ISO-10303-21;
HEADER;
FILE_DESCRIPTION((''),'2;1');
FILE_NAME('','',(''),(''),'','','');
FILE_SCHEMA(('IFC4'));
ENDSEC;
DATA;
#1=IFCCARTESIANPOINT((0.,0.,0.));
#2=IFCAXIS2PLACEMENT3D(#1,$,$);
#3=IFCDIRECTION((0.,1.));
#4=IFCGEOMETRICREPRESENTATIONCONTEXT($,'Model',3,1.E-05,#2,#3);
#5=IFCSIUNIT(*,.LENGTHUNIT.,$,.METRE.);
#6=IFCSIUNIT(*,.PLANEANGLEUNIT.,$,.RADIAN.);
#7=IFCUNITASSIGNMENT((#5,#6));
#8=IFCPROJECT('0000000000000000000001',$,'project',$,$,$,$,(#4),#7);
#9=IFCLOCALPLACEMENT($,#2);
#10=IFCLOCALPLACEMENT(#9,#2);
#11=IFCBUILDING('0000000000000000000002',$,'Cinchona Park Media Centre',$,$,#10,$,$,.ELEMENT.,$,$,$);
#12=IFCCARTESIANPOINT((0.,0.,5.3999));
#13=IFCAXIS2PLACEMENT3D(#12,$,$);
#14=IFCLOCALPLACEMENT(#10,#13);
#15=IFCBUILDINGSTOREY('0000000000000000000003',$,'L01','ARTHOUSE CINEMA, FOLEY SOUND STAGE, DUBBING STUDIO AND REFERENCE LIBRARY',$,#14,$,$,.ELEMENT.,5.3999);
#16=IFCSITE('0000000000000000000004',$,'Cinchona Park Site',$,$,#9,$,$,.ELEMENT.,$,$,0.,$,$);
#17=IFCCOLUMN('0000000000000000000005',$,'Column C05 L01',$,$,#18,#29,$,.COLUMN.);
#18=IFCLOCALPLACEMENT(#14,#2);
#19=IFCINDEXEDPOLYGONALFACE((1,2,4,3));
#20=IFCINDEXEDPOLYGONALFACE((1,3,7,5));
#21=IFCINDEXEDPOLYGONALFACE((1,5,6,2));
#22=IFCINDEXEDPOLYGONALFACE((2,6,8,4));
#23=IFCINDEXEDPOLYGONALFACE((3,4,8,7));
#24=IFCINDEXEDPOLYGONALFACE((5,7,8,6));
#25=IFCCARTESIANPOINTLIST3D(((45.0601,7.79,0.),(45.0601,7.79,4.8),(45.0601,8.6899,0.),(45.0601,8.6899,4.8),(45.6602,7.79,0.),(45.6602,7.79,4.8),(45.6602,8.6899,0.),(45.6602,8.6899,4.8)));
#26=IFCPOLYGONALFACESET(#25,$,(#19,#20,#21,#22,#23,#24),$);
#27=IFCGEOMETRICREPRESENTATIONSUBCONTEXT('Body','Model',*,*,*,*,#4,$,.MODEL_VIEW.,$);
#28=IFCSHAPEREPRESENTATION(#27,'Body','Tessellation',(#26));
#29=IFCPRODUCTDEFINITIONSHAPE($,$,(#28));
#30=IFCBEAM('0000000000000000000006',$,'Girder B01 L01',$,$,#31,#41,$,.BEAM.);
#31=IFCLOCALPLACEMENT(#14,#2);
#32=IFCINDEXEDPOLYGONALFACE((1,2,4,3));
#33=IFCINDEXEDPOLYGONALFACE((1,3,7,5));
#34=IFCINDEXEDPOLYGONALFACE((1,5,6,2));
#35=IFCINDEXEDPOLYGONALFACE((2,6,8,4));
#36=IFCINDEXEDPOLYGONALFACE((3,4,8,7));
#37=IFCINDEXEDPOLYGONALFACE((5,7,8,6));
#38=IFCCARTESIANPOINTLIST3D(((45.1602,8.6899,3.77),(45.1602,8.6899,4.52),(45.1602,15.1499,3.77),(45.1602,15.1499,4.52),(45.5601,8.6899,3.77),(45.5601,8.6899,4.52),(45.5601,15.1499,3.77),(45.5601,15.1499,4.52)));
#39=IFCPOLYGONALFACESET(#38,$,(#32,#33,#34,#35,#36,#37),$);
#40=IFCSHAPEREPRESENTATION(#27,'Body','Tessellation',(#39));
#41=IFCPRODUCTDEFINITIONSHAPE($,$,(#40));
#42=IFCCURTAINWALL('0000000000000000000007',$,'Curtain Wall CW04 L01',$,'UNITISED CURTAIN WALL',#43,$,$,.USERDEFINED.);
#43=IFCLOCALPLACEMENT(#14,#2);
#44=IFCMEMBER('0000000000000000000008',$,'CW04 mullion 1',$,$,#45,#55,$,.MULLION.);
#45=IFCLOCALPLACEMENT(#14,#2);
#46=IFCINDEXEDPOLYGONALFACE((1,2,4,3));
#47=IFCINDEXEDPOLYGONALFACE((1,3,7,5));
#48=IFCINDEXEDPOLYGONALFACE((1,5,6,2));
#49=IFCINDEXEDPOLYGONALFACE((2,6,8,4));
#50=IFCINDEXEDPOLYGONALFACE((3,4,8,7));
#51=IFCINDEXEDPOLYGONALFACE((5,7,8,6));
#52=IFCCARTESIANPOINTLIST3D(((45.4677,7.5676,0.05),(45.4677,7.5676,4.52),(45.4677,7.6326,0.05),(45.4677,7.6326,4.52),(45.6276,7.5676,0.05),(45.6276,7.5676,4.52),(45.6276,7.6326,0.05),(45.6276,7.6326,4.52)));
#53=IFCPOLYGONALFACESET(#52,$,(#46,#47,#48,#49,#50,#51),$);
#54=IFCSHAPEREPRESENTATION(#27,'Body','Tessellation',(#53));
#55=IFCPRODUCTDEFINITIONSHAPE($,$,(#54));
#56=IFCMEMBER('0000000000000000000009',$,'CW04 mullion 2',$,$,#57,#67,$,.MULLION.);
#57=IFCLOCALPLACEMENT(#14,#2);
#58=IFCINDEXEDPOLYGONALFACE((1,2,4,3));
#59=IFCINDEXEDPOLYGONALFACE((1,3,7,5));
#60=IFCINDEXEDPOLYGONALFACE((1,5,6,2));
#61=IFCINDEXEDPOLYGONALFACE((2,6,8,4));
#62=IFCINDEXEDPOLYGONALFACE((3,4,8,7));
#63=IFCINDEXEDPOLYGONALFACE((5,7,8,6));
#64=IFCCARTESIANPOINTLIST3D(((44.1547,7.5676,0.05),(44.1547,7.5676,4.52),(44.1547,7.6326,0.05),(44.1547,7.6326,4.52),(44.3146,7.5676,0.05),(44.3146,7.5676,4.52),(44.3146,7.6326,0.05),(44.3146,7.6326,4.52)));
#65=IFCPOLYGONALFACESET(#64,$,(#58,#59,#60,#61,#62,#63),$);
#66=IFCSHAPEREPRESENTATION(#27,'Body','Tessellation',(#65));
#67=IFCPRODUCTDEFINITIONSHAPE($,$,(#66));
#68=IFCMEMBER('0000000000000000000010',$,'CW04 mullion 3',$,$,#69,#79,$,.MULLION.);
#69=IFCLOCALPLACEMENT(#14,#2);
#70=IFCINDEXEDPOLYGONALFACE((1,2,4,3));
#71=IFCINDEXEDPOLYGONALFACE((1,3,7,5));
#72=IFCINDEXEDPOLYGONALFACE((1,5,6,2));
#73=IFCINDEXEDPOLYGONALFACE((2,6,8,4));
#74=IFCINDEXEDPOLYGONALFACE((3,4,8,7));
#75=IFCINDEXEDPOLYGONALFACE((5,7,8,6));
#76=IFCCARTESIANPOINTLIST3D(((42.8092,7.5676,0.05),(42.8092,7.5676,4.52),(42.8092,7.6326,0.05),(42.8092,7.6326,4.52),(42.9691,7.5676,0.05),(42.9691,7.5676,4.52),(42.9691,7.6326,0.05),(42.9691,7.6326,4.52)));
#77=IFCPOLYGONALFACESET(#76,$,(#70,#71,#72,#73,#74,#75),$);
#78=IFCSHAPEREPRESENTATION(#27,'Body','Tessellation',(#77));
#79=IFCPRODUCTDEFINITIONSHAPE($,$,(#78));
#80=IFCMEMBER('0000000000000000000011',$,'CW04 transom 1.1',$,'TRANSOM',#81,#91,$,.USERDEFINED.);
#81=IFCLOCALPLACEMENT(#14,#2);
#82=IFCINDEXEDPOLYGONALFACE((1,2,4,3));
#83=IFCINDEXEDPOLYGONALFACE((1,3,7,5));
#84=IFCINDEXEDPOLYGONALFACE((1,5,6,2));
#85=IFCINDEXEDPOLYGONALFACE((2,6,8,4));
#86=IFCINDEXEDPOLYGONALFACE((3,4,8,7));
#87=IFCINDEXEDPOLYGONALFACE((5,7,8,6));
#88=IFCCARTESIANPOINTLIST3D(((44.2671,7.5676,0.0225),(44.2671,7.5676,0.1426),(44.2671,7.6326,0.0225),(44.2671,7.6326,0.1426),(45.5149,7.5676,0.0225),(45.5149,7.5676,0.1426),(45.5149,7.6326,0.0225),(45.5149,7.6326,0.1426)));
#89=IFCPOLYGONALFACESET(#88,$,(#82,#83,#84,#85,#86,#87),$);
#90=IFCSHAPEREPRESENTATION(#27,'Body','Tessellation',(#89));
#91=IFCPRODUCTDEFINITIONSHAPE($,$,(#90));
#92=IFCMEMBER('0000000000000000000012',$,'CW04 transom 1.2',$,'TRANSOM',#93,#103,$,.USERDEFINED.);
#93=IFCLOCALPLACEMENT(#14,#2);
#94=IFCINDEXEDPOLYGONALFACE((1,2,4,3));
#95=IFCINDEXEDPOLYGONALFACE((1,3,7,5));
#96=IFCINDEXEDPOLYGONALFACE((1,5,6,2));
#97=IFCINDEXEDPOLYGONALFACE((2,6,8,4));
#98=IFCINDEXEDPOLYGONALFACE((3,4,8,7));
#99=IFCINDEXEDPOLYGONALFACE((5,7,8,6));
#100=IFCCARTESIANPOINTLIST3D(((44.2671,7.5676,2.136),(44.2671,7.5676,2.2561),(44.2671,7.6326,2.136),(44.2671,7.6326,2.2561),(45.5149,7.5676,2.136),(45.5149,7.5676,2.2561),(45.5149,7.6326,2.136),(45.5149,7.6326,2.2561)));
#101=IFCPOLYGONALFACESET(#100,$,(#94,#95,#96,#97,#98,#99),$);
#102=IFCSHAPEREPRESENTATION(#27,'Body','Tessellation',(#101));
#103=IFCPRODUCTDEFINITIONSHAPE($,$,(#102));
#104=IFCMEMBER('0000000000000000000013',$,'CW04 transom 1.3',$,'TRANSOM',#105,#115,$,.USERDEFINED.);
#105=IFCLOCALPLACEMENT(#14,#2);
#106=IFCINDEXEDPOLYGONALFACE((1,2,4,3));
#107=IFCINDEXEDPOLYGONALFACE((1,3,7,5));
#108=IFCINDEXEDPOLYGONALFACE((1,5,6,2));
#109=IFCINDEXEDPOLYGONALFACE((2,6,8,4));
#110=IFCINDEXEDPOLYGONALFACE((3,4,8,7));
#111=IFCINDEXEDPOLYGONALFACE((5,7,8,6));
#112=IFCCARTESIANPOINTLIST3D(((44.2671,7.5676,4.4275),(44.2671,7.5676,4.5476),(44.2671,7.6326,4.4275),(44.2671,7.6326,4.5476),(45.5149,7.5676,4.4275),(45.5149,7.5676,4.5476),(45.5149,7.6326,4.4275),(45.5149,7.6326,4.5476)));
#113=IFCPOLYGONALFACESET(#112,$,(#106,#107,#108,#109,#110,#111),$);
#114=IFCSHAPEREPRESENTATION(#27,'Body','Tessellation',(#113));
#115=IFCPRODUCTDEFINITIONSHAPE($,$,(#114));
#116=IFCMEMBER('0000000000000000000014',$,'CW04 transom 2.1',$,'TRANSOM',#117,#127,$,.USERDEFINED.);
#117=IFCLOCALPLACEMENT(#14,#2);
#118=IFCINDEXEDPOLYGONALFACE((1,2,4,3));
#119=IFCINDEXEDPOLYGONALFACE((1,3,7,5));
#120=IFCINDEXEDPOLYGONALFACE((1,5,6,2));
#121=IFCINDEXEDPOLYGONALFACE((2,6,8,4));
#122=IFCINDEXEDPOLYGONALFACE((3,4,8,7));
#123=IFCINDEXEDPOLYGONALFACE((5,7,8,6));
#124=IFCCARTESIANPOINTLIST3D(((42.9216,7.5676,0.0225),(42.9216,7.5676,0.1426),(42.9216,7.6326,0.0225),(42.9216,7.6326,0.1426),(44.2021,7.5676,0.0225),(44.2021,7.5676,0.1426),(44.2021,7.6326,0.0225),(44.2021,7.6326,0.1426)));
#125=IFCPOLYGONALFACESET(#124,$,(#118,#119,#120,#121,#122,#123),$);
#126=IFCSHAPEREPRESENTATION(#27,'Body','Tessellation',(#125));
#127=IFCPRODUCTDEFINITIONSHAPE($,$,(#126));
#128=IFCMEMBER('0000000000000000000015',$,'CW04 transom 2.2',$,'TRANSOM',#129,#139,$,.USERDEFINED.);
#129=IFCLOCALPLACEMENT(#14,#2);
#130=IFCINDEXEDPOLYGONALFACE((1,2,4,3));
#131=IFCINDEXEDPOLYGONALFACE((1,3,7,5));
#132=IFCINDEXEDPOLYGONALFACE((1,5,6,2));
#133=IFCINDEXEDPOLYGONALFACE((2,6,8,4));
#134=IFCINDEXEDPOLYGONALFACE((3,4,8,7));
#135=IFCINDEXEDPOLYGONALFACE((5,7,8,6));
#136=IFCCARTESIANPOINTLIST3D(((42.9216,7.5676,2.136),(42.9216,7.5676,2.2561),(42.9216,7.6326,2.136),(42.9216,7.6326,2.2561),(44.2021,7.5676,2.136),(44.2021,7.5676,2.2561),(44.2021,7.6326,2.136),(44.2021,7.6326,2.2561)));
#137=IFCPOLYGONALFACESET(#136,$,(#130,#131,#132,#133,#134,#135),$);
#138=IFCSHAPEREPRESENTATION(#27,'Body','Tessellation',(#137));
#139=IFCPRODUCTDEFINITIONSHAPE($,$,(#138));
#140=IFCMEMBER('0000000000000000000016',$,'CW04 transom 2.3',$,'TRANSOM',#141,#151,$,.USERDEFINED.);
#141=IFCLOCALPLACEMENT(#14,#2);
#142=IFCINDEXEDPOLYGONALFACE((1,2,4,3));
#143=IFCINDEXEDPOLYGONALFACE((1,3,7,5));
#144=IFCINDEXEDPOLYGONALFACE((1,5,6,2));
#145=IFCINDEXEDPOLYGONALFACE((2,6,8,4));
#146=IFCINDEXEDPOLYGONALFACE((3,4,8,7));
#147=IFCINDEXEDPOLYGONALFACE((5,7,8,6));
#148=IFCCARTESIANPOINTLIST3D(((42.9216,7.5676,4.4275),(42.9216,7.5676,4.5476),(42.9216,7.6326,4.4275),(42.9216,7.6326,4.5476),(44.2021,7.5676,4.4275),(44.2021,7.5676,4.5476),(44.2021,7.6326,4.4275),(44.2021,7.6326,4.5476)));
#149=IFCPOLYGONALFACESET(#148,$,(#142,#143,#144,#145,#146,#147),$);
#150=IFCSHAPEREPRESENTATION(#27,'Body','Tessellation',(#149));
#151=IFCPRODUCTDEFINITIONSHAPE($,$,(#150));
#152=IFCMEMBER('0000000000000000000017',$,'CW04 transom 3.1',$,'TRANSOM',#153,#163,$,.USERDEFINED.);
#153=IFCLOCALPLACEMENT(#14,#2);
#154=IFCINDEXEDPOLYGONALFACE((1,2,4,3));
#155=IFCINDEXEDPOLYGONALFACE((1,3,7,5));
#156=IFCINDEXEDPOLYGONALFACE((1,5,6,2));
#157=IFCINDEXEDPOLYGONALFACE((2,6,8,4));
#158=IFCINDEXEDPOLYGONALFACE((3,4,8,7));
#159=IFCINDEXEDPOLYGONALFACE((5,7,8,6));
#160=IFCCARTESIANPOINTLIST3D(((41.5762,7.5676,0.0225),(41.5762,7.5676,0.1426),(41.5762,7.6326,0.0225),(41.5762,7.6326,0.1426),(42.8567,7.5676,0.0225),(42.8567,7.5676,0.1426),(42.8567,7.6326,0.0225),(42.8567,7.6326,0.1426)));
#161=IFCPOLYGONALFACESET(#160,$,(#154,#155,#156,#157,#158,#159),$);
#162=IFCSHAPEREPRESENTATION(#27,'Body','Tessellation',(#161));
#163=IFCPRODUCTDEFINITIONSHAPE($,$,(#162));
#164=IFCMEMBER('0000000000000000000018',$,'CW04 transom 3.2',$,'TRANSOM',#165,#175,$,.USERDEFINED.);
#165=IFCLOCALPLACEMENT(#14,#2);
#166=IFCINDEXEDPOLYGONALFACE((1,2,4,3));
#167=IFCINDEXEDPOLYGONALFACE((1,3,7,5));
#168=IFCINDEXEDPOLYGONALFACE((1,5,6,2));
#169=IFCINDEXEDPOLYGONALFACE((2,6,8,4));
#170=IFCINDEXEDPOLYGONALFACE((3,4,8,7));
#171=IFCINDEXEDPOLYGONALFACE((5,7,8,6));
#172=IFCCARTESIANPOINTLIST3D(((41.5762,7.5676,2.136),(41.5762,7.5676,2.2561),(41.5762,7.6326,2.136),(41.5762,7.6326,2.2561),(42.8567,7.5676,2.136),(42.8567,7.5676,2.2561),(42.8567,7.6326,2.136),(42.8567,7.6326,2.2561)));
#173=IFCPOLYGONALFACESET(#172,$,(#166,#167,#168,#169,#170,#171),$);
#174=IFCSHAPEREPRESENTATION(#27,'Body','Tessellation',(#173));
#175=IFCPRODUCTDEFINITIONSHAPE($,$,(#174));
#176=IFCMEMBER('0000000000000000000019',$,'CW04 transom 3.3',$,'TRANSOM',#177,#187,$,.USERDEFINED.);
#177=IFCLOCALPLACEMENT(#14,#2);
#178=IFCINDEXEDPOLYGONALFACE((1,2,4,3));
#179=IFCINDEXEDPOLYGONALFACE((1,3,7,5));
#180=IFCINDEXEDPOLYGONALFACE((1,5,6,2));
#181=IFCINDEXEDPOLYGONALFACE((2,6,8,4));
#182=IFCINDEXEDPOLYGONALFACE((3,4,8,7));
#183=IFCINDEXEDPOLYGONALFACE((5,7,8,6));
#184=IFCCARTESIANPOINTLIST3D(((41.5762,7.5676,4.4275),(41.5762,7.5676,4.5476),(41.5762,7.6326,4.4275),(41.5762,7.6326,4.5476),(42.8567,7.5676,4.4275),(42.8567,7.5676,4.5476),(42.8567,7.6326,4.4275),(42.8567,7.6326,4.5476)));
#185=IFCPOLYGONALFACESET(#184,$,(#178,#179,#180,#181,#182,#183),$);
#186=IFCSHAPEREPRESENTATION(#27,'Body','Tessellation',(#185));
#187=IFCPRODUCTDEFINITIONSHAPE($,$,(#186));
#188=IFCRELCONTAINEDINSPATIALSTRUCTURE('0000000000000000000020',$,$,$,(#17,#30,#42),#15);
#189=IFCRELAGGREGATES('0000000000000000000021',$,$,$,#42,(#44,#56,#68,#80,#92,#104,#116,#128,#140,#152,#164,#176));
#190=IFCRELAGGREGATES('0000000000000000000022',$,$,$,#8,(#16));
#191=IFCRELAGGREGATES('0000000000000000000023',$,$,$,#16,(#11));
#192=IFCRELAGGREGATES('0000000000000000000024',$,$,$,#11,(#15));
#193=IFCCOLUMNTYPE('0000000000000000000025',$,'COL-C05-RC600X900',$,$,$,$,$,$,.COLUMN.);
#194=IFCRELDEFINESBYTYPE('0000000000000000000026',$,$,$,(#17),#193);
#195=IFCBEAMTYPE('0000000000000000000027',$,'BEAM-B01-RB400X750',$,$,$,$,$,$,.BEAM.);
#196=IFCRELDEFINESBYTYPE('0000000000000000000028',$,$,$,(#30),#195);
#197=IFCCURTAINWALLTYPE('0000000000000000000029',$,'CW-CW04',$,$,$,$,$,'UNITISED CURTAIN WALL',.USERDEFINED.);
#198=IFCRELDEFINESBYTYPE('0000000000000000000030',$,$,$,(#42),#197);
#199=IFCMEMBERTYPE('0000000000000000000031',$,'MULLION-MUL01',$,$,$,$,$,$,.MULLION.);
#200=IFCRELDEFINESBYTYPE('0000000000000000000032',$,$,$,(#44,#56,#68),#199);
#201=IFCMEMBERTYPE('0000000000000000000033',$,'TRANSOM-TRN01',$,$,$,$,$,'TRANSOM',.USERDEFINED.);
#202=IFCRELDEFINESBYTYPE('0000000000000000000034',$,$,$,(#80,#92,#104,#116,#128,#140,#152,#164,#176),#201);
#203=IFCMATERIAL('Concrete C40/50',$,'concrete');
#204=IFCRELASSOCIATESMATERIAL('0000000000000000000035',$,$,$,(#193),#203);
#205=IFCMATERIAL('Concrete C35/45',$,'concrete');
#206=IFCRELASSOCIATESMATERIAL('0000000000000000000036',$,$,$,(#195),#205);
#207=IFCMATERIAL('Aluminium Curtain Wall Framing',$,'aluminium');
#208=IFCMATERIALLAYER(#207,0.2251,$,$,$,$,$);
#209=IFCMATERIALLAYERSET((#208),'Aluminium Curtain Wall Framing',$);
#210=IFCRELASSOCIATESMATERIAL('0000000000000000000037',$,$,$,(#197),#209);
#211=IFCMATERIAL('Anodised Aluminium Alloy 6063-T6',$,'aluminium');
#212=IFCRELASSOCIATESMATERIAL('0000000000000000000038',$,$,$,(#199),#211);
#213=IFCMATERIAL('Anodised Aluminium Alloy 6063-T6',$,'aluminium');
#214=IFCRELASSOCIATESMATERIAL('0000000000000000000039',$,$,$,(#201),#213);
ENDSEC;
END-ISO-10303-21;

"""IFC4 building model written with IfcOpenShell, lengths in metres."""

from ifc_helpers import new_model, si_unit, direction, frame, origin, origin_2d, place, context, subcontext, project, spatial, rectangle, extrude, material, layer, layer_set, material_profile, profile_set, type_object, element, aggregate, save


model = new_model("IFC4")

# Units and contexts
model_context = context("Model", 3, precision=1e-05, world=origin(), true_north=direction((0.0, 1.0)))
body_context = subcontext(model_context, "Body", "Model", "MODEL_VIEW")
ifc_project = project(units=[si_unit("LENGTHUNIT", "METRE"), si_unit("PLANEANGLEUNIT", "RADIAN")], contexts=[model_context])

# Site, building, storey
site_placement = place(None, origin())
site = spatial("IfcSite", under=ifc_project, at=site_placement, Name="Cinchona Park Site", CompositionType="ELEMENT", RefElevation=0.0)
building_placement = place(site_placement, origin())
building = spatial("IfcBuilding", under=site, at=building_placement, Name="Cinchona Park Media Centre", CompositionType="ELEMENT")
storey_placement = place(building_placement, frame((0.0, 0.0, 5.3999)))
storey = spatial("IfcBuildingStorey", under=building, at=storey_placement, Name="L01", Description="ARTHOUSE CINEMA, FOLEY SOUND STAGE, DUBBING STUDIO AND REFERENCE LIBRARY", CompositionType="ELEMENT", Elevation=5.3999)

# Column
ifc_material_1 = material(Name="Concrete C40/50", Category="concrete")
ifc_material_profile_1 = material_profile(ifc_material_1, rectangle(XDim=0.6001, YDim=0.8999, at=origin_2d()), Name="RC 600X900")
ifc_profile_set_1 = profile_set([ifc_material_profile_1], Name="Concrete C40/50")
column_type = type_object("IfcColumnType", Name="COL-C05-RC600X900", PredefinedType="COLUMN", material=ifc_profile_set_1)
column_placement = place(storey_placement, frame((45.3601, 8.24, 0.0), z_axis=(0.0, 0.0, 1.0), x_axis=(1.0, 0.0, 0.0)))
element("IfcColumn", 1, at=column_placement, inside=storey, type_object=column_type, Name="Column C05 L01", PredefinedType="COLUMN", context=body_context, shape_type="SweptSolid", body=[
    extrude(rectangle(XDim=0.6001, YDim=0.8999, at=origin_2d()), origin(), (0.0, 0.0, 1.0), 4.8),
])

# Beam
ifc_material_2 = material(Name="Concrete C35/45", Category="concrete")
ifc_material_profile_2 = material_profile(ifc_material_2, rectangle(XDim=0.3999, YDim=0.75, at=origin_2d()), Name="RB 400X750")
ifc_profile_set_2 = profile_set([ifc_material_profile_2], Name="Concrete C35/45")
beam_type = type_object("IfcBeamType", Name="BEAM-B01-RB400X750", PredefinedType="BEAM", material=ifc_profile_set_2)
beam_placement = place(storey_placement, frame((45.3601, 8.6899, 4.145), z_axis=(0.0, 1.0, 0.0), x_axis=(-1.0, 0.0, 0.0)))
element("IfcBeam", 2, at=beam_placement, inside=storey, type_object=beam_type, Name="Girder B01 L01", PredefinedType="BEAM", context=body_context, shape_type="SweptSolid", body=[
    extrude(rectangle(XDim=0.3999, YDim=0.75, at=origin_2d()), origin(), (0.0, 0.0, 1.0), 6.46),
])

# Curtain wall, members
ifc_material_3 = material(Name="Aluminium Curtain Wall Framing", Category="aluminium")
ifc_layer_1 = layer(ifc_material_3, 0.2251)
ifc_layer_set_1 = layer_set([ifc_layer_1], Name="Aluminium Curtain Wall Framing")
curtain_wall_type = type_object("IfcCurtainWallType", Name="CW-CW04", ElementType="UNITISED CURTAIN WALL", PredefinedType="USERDEFINED", material=ifc_layer_set_1)
curtain_wall_placement = place(storey_placement, origin())
curtain_wall = element("IfcCurtainWall", 3, at=curtain_wall_placement, inside=storey, type_object=curtain_wall_type, Name="Curtain Wall CW04 L01", ObjectType="UNITISED CURTAIN WALL", PredefinedType="USERDEFINED")
ifc_material_4 = material(Name="Anodised Aluminium Alloy 6063-T6", Category="aluminium")
ifc_material_profile_3 = material_profile(ifc_material_4, rectangle(XDim=0.0649, YDim=0.1599, at=origin_2d()), Name="MUL-65X160")
ifc_profile_set_3 = profile_set([ifc_material_profile_3], Name="Anodised Aluminium Alloy 6063-T6")
member_type_1 = type_object("IfcMemberType", Name="MULLION-MUL01", PredefinedType="MULLION", material=ifc_profile_set_3)
member_1_placement = place(storey_placement, frame((45.5476, 7.6001, 0.05), z_axis=(0.0, 0.0, 1.0), x_axis=(0.0, -1.0, 0.0)))
member_1 = element("IfcMember", 4, at=member_1_placement, type_object=member_type_1, Name="CW04 mullion 1", PredefinedType="MULLION", context=body_context, shape_type="SweptSolid", body=[
    extrude(rectangle(XDim=0.0649, YDim=0.1599, at=origin_2d()), origin(), (0.0, 0.0, 1.0), 4.47),
])
member_2_placement = place(storey_placement, frame((44.2346, 7.6001, 0.05), z_axis=(0.0, 0.0, 1.0), x_axis=(0.0, -1.0, 0.0)))
member_2 = element("IfcMember", 5, at=member_2_placement, type_object=member_type_1, Name="CW04 mullion 2", PredefinedType="MULLION", context=body_context, shape_type="SweptSolid", body=[
    extrude(rectangle(XDim=0.0649, YDim=0.1599, at=origin_2d()), origin(), (0.0, 0.0, 1.0), 4.47),
])
member_3_placement = place(storey_placement, frame((42.8892, 7.6001, 0.05), z_axis=(0.0, 0.0, 1.0), x_axis=(0.0, -1.0, 0.0)))
member_3 = element("IfcMember", 6, at=member_3_placement, type_object=member_type_1, Name="CW04 mullion 3", PredefinedType="MULLION", context=body_context, shape_type="SweptSolid", body=[
    extrude(rectangle(XDim=0.0649, YDim=0.1599, at=origin_2d()), origin(), (0.0, 0.0, 1.0), 4.47),
])
ifc_material_5 = material(Name="Anodised Aluminium Alloy 6063-T6", Category="aluminium")
ifc_material_profile_4 = material_profile(ifc_material_5, rectangle(XDim=0.0649, YDim=0.1201, at=origin_2d()), Name="TRN-65X120")
ifc_profile_set_4 = profile_set([ifc_material_profile_4], Name="Anodised Aluminium Alloy 6063-T6")
member_type_2 = type_object("IfcMemberType", Name="TRANSOM-TRN01", ElementType="TRANSOM", PredefinedType="USERDEFINED", material=ifc_profile_set_4)
member_4_placement = place(storey_placement, frame((45.5149, 7.6001, 0.0825), z_axis=(-1.0, 0.0, 0.0), x_axis=(0.0, -1.0, 0.0)))
member_4 = element("IfcMember", 7, at=member_4_placement, type_object=member_type_2, Name="CW04 transom 1.1", ObjectType="TRANSOM", PredefinedType="USERDEFINED", context=body_context, shape_type="SweptSolid", body=[
    extrude(rectangle(XDim=0.0649, YDim=0.1201, at=origin_2d()), origin(), (0.0, 0.0, 1.0), 1.2478),
])
member_5_placement = place(storey_placement, frame((45.5149, 7.6001, 2.196), z_axis=(-1.0, 0.0, 0.0), x_axis=(0.0, -1.0, 0.0)))
member_5 = element("IfcMember", 8, at=member_5_placement, type_object=member_type_2, Name="CW04 transom 1.2", ObjectType="TRANSOM", PredefinedType="USERDEFINED", context=body_context, shape_type="SweptSolid", body=[
    extrude(rectangle(XDim=0.0649, YDim=0.1201, at=origin_2d()), origin(), (0.0, 0.0, 1.0), 1.2478),
])
member_6_placement = place(storey_placement, frame((45.5149, 7.6001, 4.4875), z_axis=(-1.0, 0.0, 0.0), x_axis=(0.0, -1.0, 0.0)))
member_6 = element("IfcMember", 9, at=member_6_placement, type_object=member_type_2, Name="CW04 transom 1.3", ObjectType="TRANSOM", PredefinedType="USERDEFINED", context=body_context, shape_type="SweptSolid", body=[
    extrude(rectangle(XDim=0.0649, YDim=0.1201, at=origin_2d()), origin(), (0.0, 0.0, 1.0), 1.2478),
])
member_7_placement = place(storey_placement, frame((44.2021, 7.6001, 0.0825), z_axis=(-1.0, 0.0, 0.0), x_axis=(0.0, -1.0, 0.0)))
member_7 = element("IfcMember", 10, at=member_7_placement, type_object=member_type_2, Name="CW04 transom 2.1", ObjectType="TRANSOM", PredefinedType="USERDEFINED", context=body_context, shape_type="SweptSolid", body=[
    extrude(rectangle(XDim=0.0649, YDim=0.1201, at=origin_2d()), origin(), (0.0, 0.0, 1.0), 1.2805),
])
member_8_placement = place(storey_placement, frame((44.2021, 7.6001, 2.196), z_axis=(-1.0, 0.0, 0.0), x_axis=(0.0, -1.0, 0.0)))
member_8 = element("IfcMember", 11, at=member_8_placement, type_object=member_type_2, Name="CW04 transom 2.2", ObjectType="TRANSOM", PredefinedType="USERDEFINED", context=body_context, shape_type="SweptSolid", body=[
    extrude(rectangle(XDim=0.0649, YDim=0.1201, at=origin_2d()), origin(), (0.0, 0.0, 1.0), 1.2805),
])
member_9_placement = place(storey_placement, frame((44.2021, 7.6001, 4.4875), z_axis=(-1.0, 0.0, 0.0), x_axis=(0.0, -1.0, 0.0)))
member_9 = element("IfcMember", 12, at=member_9_placement, type_object=member_type_2, Name="CW04 transom 2.3", ObjectType="TRANSOM", PredefinedType="USERDEFINED", context=body_context, shape_type="SweptSolid", body=[
    extrude(rectangle(XDim=0.0649, YDim=0.1201, at=origin_2d()), origin(), (0.0, 0.0, 1.0), 1.2805),
])
member_10_placement = place(storey_placement, frame((42.8567, 7.6001, 0.0825), z_axis=(-1.0, 0.0, 0.0), x_axis=(0.0, -1.0, 0.0)))
member_10 = element("IfcMember", 13, at=member_10_placement, type_object=member_type_2, Name="CW04 transom 3.1", ObjectType="TRANSOM", PredefinedType="USERDEFINED", context=body_context, shape_type="SweptSolid", body=[
    extrude(rectangle(XDim=0.0649, YDim=0.1201, at=origin_2d()), origin(), (0.0, 0.0, 1.0), 1.2805),
])
member_11_placement = place(storey_placement, frame((42.8567, 7.6001, 2.196), z_axis=(-1.0, 0.0, 0.0), x_axis=(0.0, -1.0, 0.0)))
member_11 = element("IfcMember", 14, at=member_11_placement, type_object=member_type_2, Name="CW04 transom 3.2", ObjectType="TRANSOM", PredefinedType="USERDEFINED", context=body_context, shape_type="SweptSolid", body=[
    extrude(rectangle(XDim=0.0649, YDim=0.1201, at=origin_2d()), origin(), (0.0, 0.0, 1.0), 1.2805),
])
member_12_placement = place(storey_placement, frame((42.8567, 7.6001, 4.4875), z_axis=(-1.0, 0.0, 0.0), x_axis=(0.0, -1.0, 0.0)))
member_12 = element("IfcMember", 15, at=member_12_placement, type_object=member_type_2, Name="CW04 transom 3.3", ObjectType="TRANSOM", PredefinedType="USERDEFINED", context=body_context, shape_type="SweptSolid", body=[
    extrude(rectangle(XDim=0.0649, YDim=0.1201, at=origin_2d()), origin(), (0.0, 0.0, 1.0), 1.2805),
])
aggregate(curtain_wall, [member_1, member_2, member_3, member_4, member_5, member_6, member_7, member_8, member_9, member_10, member_11, member_12])

save(model, "model.ifc")
